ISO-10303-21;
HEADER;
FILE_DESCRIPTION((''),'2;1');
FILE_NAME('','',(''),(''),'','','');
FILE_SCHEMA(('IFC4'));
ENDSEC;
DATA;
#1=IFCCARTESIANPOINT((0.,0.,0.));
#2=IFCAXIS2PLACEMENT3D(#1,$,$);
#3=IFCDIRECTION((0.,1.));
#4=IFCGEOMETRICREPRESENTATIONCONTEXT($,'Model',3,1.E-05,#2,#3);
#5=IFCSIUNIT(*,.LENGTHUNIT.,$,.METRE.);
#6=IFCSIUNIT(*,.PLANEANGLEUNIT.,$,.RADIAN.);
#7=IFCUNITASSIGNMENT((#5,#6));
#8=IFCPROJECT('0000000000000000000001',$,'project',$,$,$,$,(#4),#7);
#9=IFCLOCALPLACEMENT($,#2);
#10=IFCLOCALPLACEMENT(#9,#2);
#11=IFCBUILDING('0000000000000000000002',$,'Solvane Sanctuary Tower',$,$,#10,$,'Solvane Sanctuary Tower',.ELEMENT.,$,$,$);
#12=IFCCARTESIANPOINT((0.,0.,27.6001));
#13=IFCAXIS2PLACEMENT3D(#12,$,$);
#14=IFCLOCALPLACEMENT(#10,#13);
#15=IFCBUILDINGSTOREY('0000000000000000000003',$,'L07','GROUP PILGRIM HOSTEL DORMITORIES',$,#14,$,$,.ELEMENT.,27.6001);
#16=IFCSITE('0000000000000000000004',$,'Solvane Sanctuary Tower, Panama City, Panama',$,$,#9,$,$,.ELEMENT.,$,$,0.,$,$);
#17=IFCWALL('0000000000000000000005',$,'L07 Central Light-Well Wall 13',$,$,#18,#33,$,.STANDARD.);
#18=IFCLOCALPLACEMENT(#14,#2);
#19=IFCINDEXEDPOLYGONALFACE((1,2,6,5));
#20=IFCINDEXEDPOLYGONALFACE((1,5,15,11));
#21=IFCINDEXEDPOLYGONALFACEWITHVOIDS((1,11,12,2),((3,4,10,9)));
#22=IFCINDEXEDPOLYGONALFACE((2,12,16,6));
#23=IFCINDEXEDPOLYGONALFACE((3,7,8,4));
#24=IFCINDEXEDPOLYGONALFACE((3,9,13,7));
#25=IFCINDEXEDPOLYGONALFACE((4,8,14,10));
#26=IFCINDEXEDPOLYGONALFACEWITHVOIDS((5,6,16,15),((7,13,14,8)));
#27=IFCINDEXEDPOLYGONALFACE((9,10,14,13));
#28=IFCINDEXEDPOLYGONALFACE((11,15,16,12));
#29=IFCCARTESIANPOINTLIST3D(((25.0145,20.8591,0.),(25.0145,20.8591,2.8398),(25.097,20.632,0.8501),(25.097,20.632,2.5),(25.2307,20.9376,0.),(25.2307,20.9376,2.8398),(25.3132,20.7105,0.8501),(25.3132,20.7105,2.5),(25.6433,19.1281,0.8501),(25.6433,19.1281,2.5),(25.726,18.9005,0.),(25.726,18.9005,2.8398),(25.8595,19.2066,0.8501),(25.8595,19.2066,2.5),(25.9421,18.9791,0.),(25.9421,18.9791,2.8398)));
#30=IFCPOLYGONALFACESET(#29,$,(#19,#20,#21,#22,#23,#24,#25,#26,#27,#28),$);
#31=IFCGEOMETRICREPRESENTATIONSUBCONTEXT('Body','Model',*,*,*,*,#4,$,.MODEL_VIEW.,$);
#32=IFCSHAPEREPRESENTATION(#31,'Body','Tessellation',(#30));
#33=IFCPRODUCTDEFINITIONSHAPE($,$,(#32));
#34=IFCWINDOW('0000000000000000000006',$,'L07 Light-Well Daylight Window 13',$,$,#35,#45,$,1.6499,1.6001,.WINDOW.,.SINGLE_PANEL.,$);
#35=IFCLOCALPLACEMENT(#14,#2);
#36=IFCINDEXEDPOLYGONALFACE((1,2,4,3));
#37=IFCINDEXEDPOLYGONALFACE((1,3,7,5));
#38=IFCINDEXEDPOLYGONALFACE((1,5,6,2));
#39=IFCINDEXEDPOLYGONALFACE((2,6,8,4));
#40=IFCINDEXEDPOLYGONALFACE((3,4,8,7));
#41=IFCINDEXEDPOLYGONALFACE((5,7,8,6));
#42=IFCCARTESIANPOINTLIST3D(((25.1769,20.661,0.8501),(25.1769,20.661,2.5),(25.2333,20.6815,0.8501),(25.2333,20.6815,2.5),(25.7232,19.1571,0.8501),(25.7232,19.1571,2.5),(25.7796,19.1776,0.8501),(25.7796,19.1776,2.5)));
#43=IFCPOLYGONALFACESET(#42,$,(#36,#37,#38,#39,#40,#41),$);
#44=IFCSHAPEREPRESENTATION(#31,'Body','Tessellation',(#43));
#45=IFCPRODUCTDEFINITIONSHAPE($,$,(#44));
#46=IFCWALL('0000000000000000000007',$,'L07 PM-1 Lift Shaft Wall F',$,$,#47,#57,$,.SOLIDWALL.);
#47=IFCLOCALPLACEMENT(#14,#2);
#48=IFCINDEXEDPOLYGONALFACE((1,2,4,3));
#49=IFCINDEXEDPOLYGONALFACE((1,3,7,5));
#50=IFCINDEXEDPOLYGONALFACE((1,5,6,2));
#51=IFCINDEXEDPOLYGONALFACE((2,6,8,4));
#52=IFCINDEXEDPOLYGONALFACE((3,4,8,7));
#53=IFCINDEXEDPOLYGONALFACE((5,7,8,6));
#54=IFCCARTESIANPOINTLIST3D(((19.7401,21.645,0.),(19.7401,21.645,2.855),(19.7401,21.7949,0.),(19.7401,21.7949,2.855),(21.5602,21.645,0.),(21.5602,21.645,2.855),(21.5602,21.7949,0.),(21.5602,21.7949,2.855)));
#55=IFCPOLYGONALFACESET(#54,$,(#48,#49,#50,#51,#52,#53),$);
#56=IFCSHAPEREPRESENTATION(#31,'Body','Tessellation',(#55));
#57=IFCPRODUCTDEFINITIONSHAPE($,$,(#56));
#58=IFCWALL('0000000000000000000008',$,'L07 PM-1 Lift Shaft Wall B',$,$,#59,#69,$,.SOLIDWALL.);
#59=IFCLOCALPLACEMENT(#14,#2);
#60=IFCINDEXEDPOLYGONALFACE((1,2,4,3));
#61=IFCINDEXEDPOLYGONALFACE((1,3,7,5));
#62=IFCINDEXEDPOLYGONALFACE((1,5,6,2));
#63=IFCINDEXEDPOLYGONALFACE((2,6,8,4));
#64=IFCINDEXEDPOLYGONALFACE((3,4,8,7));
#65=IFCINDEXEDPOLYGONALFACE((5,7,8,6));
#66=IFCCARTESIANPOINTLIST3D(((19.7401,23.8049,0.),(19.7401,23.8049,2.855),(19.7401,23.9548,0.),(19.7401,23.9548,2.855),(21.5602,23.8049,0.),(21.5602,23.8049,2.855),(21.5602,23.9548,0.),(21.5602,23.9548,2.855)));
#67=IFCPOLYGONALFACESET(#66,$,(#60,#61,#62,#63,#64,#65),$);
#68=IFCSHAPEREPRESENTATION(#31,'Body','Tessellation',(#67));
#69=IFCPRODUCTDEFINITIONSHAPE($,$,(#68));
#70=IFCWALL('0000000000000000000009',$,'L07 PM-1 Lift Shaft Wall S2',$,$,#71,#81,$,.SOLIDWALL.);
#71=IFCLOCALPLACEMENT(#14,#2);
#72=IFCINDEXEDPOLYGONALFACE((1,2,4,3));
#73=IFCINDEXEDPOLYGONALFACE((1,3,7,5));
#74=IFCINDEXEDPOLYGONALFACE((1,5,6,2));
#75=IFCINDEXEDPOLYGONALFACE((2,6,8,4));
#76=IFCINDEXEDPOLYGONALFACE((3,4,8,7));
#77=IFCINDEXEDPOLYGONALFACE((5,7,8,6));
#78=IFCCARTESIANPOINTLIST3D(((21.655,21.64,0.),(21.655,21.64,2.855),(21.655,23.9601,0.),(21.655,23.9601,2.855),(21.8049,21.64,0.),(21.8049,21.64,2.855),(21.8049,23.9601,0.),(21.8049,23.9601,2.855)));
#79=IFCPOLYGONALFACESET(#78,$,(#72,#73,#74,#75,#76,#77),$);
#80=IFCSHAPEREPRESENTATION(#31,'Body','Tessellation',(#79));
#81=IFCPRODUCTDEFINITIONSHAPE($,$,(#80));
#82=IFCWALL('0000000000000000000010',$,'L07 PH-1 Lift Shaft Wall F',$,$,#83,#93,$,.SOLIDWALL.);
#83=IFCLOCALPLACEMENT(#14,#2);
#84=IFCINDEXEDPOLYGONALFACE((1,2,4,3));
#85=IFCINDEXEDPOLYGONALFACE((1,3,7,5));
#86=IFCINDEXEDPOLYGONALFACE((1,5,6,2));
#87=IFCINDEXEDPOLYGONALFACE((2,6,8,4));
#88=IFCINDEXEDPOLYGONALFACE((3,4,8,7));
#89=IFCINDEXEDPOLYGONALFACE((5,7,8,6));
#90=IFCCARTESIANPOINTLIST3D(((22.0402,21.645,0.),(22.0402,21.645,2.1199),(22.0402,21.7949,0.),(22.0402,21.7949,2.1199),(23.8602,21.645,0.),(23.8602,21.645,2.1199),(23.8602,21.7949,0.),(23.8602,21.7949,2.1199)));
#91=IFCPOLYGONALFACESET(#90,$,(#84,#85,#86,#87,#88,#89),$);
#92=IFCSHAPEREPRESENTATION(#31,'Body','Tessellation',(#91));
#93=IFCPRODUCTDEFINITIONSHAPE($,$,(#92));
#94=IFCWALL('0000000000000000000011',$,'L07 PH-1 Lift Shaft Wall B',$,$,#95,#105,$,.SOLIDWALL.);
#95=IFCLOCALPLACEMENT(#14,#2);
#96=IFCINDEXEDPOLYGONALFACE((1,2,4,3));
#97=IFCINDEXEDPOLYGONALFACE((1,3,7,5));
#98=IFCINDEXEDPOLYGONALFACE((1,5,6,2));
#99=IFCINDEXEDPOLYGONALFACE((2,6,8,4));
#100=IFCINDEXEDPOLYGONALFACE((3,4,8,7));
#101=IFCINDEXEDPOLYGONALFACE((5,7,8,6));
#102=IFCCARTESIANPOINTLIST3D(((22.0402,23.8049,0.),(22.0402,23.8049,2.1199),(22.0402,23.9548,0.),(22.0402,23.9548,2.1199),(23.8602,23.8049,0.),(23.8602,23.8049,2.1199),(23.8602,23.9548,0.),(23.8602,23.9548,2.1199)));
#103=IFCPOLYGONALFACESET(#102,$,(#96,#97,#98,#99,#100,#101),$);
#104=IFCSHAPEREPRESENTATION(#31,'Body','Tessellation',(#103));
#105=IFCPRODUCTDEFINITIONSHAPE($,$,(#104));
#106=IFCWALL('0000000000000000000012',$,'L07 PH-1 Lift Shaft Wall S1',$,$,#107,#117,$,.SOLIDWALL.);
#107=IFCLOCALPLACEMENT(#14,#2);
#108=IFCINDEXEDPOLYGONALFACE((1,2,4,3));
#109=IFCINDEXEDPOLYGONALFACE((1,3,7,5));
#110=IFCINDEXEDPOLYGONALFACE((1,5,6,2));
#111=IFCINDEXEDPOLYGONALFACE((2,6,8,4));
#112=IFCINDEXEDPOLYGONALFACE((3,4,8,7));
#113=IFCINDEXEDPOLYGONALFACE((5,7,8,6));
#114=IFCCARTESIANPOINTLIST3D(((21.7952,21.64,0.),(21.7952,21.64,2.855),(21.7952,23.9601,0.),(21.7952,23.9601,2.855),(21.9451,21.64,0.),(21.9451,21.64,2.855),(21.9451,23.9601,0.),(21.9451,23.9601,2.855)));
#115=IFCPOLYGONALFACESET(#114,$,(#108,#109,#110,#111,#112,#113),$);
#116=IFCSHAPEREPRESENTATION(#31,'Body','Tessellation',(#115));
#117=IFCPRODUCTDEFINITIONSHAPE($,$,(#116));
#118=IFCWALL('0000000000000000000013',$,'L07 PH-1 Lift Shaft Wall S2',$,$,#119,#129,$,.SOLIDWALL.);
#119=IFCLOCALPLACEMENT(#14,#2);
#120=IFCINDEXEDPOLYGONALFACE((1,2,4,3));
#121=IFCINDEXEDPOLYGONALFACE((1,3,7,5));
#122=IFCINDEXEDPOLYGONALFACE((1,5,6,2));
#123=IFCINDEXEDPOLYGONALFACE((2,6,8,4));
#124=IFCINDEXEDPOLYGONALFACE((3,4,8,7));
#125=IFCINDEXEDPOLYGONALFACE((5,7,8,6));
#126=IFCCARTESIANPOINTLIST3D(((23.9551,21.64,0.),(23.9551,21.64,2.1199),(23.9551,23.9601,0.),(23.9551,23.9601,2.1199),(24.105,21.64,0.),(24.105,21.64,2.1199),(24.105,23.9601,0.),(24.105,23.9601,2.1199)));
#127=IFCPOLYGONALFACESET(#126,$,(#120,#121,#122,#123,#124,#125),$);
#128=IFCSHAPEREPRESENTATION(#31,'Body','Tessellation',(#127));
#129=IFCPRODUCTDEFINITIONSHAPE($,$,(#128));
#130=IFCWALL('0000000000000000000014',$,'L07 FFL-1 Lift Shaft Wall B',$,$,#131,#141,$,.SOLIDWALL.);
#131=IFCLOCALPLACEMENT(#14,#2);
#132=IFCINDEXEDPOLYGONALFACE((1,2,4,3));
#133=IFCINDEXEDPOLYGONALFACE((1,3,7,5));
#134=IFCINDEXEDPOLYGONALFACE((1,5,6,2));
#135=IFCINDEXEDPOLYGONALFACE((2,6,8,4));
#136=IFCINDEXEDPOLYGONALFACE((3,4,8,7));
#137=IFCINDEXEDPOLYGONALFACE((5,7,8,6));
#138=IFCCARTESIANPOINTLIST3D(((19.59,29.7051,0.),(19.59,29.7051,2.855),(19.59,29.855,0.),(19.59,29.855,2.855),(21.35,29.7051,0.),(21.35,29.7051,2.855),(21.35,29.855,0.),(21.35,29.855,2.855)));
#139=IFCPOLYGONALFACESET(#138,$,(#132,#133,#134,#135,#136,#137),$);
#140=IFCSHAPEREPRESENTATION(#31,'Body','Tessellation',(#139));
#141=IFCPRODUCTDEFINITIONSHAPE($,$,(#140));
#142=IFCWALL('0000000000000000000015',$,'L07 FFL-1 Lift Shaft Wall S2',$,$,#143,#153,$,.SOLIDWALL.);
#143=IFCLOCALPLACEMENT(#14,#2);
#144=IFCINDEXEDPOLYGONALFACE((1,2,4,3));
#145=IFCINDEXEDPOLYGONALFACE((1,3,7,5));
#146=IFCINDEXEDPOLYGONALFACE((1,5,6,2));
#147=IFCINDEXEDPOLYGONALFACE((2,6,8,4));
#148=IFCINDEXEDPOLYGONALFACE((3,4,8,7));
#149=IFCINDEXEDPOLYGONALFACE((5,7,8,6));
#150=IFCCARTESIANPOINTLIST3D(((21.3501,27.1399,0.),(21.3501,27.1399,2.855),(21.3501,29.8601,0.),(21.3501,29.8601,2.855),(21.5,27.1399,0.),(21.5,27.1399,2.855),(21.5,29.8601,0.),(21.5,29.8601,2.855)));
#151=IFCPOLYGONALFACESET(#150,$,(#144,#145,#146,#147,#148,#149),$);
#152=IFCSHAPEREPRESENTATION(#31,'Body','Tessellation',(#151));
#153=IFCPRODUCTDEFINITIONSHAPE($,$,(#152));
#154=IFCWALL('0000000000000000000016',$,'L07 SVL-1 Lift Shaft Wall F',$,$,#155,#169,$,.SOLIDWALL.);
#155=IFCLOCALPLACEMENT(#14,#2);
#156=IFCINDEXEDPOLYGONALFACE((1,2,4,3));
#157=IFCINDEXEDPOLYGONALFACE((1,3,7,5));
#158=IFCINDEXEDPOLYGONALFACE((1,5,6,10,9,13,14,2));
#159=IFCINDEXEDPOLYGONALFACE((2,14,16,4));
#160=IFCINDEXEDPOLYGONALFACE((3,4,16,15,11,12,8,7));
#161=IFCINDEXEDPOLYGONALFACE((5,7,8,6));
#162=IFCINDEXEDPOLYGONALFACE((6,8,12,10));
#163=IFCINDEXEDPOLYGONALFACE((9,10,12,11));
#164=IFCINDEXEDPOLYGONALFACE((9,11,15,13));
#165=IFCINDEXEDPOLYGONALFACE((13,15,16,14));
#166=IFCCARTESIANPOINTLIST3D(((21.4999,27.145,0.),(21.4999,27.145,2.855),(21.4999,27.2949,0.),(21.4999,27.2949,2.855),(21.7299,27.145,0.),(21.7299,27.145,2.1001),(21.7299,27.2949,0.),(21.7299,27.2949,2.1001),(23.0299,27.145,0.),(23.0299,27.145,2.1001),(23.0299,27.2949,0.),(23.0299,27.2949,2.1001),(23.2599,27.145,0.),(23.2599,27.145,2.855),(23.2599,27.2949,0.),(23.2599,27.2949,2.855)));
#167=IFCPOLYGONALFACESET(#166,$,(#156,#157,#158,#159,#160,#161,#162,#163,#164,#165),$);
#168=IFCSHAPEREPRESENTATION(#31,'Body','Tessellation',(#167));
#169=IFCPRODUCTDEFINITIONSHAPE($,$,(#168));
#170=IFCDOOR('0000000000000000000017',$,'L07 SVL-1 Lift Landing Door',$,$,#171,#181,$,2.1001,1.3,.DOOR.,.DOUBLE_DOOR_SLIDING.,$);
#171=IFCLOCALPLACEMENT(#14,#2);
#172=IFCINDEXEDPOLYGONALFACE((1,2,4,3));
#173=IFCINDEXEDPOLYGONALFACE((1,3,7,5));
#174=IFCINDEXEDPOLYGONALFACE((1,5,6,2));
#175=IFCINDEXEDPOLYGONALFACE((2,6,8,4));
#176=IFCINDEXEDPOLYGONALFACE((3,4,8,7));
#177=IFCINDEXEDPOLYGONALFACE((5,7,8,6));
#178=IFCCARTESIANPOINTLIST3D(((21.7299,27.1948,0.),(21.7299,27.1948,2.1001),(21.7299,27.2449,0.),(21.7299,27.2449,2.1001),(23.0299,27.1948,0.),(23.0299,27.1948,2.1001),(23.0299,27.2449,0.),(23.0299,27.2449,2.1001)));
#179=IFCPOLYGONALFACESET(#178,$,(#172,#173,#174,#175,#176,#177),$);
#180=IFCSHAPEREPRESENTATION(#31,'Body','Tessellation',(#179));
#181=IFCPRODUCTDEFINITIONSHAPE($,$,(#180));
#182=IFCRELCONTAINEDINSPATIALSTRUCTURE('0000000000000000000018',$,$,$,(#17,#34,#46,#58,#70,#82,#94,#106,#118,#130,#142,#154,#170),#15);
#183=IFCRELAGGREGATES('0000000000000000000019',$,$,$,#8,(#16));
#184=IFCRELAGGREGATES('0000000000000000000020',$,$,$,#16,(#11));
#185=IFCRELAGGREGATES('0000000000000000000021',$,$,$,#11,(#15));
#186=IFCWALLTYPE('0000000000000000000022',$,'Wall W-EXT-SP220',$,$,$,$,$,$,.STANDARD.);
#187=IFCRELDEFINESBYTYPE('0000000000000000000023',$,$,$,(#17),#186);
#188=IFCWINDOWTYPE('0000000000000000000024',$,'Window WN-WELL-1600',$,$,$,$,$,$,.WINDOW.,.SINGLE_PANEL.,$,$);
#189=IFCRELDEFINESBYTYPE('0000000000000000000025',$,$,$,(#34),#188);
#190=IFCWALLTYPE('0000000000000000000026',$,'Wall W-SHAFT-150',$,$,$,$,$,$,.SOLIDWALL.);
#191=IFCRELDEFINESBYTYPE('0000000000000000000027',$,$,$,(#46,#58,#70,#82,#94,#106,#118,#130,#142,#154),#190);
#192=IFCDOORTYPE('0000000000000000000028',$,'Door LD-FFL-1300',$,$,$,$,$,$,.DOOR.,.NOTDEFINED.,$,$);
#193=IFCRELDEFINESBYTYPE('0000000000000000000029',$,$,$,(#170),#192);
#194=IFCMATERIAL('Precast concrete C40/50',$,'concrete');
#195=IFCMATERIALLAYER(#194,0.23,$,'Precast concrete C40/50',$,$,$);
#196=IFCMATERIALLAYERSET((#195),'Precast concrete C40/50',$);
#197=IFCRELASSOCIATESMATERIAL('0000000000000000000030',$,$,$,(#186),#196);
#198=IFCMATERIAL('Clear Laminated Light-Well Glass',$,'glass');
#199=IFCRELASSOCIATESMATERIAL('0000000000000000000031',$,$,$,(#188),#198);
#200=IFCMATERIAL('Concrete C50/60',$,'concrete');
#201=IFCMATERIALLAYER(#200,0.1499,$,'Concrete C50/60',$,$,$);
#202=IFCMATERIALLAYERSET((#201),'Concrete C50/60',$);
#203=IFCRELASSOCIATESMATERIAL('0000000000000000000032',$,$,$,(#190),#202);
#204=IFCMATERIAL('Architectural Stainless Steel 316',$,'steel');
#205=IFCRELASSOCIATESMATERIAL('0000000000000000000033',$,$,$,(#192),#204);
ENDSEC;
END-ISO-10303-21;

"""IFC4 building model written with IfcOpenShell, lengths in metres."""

from ifc_helpers import new_model, si_unit, direction, frame, frame_2d, origin, place, context, subcontext, project, spatial, rectangle, extrude, material, layer, layer_set, type_object, element, fill, save


model = new_model("IFC4")

# Units and contexts
model_context = context("Model", 3, precision=1e-05, world=origin(), true_north=direction((0.0, 1.0)))
body_context = subcontext(model_context, "Body", "Model", "MODEL_VIEW")
ifc_project = project(units=[si_unit("LENGTHUNIT", "METRE"), si_unit("PLANEANGLEUNIT", "RADIAN")], contexts=[model_context])

# Site, building, storey
site_placement = place(None, origin())
site = spatial("IfcSite", under=ifc_project, at=site_placement, Name="Solvane Sanctuary Tower, Panama City, Panama", CompositionType="ELEMENT", RefElevation=0.0)
building_placement = place(site_placement, origin())
building = spatial("IfcBuilding", under=site, at=building_placement, Name="Solvane Sanctuary Tower", LongName="Solvane Sanctuary Tower", CompositionType="ELEMENT")
storey_placement = place(building_placement, frame((0.0, 0.0, 27.6001)))
storey = spatial("IfcBuildingStorey", under=building, at=storey_placement, Name="L07", Description="GROUP PILGRIM HOSTEL DORMITORIES", CompositionType="ELEMENT", Elevation=27.6001)

# Shared definitions
ifc_material_1 = material(Name="Architectural Stainless Steel 316", Category="steel")

# Shared definitions
ifc_material_2 = material(Name="Precast concrete C40/50", Category="concrete")
ifc_layer_1 = layer(ifc_material_2, 0.23, Name="Precast concrete C40/50")
ifc_layer_set_1 = layer_set([ifc_layer_1], Name="Precast concrete C40/50")
wall_type_1 = type_object("IfcWallType", Name="Wall W-EXT-SP220", PredefinedType="STANDARD", material=ifc_layer_set_1)

# Shared definitions
ifc_material_3 = material(Name="Clear Laminated Light-Well Glass", Category="glass")
window_type = type_object("IfcWindowType", Name="Window WN-WELL-1600", PartitioningType="SINGLE_PANEL", PredefinedType="WINDOW", material=ifc_material_3)

# Wall, opening, window
wall_1_placement = place(storey_placement, frame((25.1226, 20.8984, 0.0), z_axis=(0.0, 0.0, 1.0), x_axis=(0.341423, -0.93991, 0.0)))
wall_1 = element("IfcWall", 1, at=wall_1_placement, inside=storey, type_object=wall_type_1, Name="L07 Central Light-Well Wall 13", PredefinedType="STANDARD", context=body_context, shape_type="SweptSolid", body=[
    extrude(rectangle(XDim=2.0837, YDim=0.23, at=frame_2d((1.042, 0.0))), origin(), (0.0, 0.0, 1.0), 2.8398),
])
opening_1_placement = place(wall_1_placement, frame((0.2417, 0.0, 0.8501)))
opening_1 = element("IfcOpeningElement", 2, at=opening_1_placement, cuts=wall_1, PredefinedType="OPENING", context=body_context, shape_type="SweptSolid", body=[
    extrude(rectangle(XDim=1.6001, YDim=1.6499, at=frame_2d((0.8, 0.825))), frame((0.0, 0.125, 0.0), z_axis=(0.0, -1.0, 0.0), x_axis=(1.0, 0.0, 0.0)), (0.0, 0.0, 1.0), 0.25),
])
window_1_placement = place(opening_1_placement, origin())
window_1 = element("IfcWindow", 3, at=window_1_placement, inside=storey, type_object=window_type, Name="L07 Light-Well Daylight Window 13", OverallHeight=1.6499, OverallWidth=1.6001, PartitioningType="SINGLE_PANEL", PredefinedType="WINDOW", context=body_context, shape_type="SweptSolid", body=[
    extrude(rectangle(XDim=1.6001, YDim=1.6499, at=frame_2d((0.8, 0.825))), frame((0.0, 0.03, 0.0), z_axis=(0.0, -1.0, 0.0), x_axis=(1.0, 0.0, 0.0)), (0.0, 0.0, 1.0), 0.0601),
])
fill(opening_1, window_1)

# Walls
ifc_material_4 = material(Name="Concrete C50/60", Category="concrete")
ifc_layer_2 = layer(ifc_material_4, 0.1499, Name="Concrete C50/60")
ifc_layer_set_2 = layer_set([ifc_layer_2], Name="Concrete C50/60")
wall_type_2 = type_object("IfcWallType", Name="Wall W-SHAFT-150", PredefinedType="SOLIDWALL", material=ifc_layer_set_2)
for number, where, z_axis, x_axis, name in (
    (4, (19.74, 21.72, 0.0), (0.0, 0.0, 1.0), (1.0, 0.0, 0.0), "L07 PM-1 Lift Shaft Wall F"),
    (5, (19.74, 23.8799, 0.0), (0.0, 0.0, 1.0), (1.0, 0.0, 0.0), "L07 PM-1 Lift Shaft Wall B"),
):
    element("IfcWall", number, at=place(storey_placement, frame(where, z_axis=z_axis, x_axis=x_axis)), inside=storey, type_object=wall_type_2, Name=name, PredefinedType="SOLIDWALL", context=body_context, shape_type="SweptSolid", body=[
        extrude(rectangle(XDim=1.8201, YDim=0.1499, at=frame_2d((0.9102, 0.0))), origin(), (0.0, 0.0, 1.0), 2.855),
    ])
wall_2_placement = place(storey_placement, frame((21.73, 21.6399, 0.0), z_axis=(0.0, 0.0, 1.0), x_axis=(0.0, 1.0, 0.0)))
element("IfcWall", 6, at=wall_2_placement, inside=storey, type_object=wall_type_2, Name="L07 PM-1 Lift Shaft Wall S2", PredefinedType="SOLIDWALL", context=body_context, shape_type="SweptSolid", body=[
    extrude(rectangle(XDim=2.3201, YDim=0.1499, at=frame_2d((1.1602, 0.0))), origin(), (0.0, 0.0, 1.0), 2.855),
])
for number, where, z_axis, x_axis, name in (
    (7, (22.04, 21.72, 0.0), (0.0, 0.0, 1.0), (1.0, 0.0, 0.0), "L07 PH-1 Lift Shaft Wall F"),
    (8, (22.04, 23.8799, 0.0), (0.0, 0.0, 1.0), (1.0, 0.0, 0.0), "L07 PH-1 Lift Shaft Wall B"),
):
    element("IfcWall", number, at=place(storey_placement, frame(where, z_axis=z_axis, x_axis=x_axis)), inside=storey, type_object=wall_type_2, Name=name, PredefinedType="SOLIDWALL", context=body_context, shape_type="SweptSolid", body=[
        extrude(rectangle(XDim=1.8201, YDim=0.1499, at=frame_2d((0.9102, 0.0))), origin(), (0.0, 0.0, 1.0), 2.1199),
    ])
wall_3_placement = place(storey_placement, frame((21.8701, 21.6399, 0.0), z_axis=(0.0, 0.0, 1.0), x_axis=(0.0, 1.0, 0.0)))
element("IfcWall", 9, at=wall_3_placement, inside=storey, type_object=wall_type_2, Name="L07 PH-1 Lift Shaft Wall S1", PredefinedType="SOLIDWALL", context=body_context, shape_type="SweptSolid", body=[
    extrude(rectangle(XDim=2.3201, YDim=0.1499, at=frame_2d((1.1602, 0.0))), origin(), (0.0, 0.0, 1.0), 2.855),
])
wall_4_placement = place(storey_placement, frame((24.03, 21.6399, 0.0), z_axis=(0.0, 0.0, 1.0), x_axis=(0.0, 1.0, 0.0)))
element("IfcWall", 10, at=wall_4_placement, inside=storey, type_object=wall_type_2, Name="L07 PH-1 Lift Shaft Wall S2", PredefinedType="SOLIDWALL", context=body_context, shape_type="SweptSolid", body=[
    extrude(rectangle(XDim=2.3201, YDim=0.1499, at=frame_2d((1.1602, 0.0))), origin(), (0.0, 0.0, 1.0), 2.1199),
])
wall_5_placement = place(storey_placement, frame((19.5901, 29.78, 0.0), z_axis=(0.0, 0.0, 1.0), x_axis=(1.0, 0.0, 0.0)))
element("IfcWall", 11, at=wall_5_placement, inside=storey, type_object=wall_type_2, Name="L07 FFL-1 Lift Shaft Wall B", PredefinedType="SOLIDWALL", context=body_context, shape_type="SweptSolid", body=[
    extrude(rectangle(XDim=1.76, YDim=0.1499, at=frame_2d((0.8799, 0.0))), origin(), (0.0, 0.0, 1.0), 2.855),
])
wall_6_placement = place(storey_placement, frame((21.425, 27.1399, 0.0), z_axis=(0.0, 0.0, 1.0), x_axis=(0.0, 1.0, 0.0)))
element("IfcWall", 12, at=wall_6_placement, inside=storey, type_object=wall_type_2, Name="L07 FFL-1 Lift Shaft Wall S2", PredefinedType="SOLIDWALL", context=body_context, shape_type="SweptSolid", body=[
    extrude(rectangle(XDim=2.7202, YDim=0.1499, at=frame_2d((1.3601, 0.0))), origin(), (0.0, 0.0, 1.0), 2.855),
])

# Wall, opening, door
wall_7_placement = place(storey_placement, frame((21.5, 27.22, 0.0), z_axis=(0.0, 0.0, 1.0), x_axis=(1.0, 0.0, 0.0)))
wall_7 = element("IfcWall", 13, at=wall_7_placement, inside=storey, type_object=wall_type_2, Name="L07 SVL-1 Lift Shaft Wall F", PredefinedType="SOLIDWALL", context=body_context, shape_type="SweptSolid", body=[
    extrude(rectangle(XDim=1.76, YDim=0.1499, at=frame_2d((0.8799, 0.0))), origin(), (0.0, 0.0, 1.0), 2.855),
])
opening_2_placement = place(wall_7_placement, frame((0.23, 0.0, 0.0)))
opening_2 = element("IfcOpeningElement", 14, at=opening_2_placement, cuts=wall_7, PredefinedType="OPENING", context=body_context, shape_type="SweptSolid", body=[
    extrude(rectangle(XDim=1.3, YDim=2.1001, at=frame_2d((0.6499, 1.05))), frame((0.0, 0.085, 0.0), z_axis=(0.0, -1.0, 0.0), x_axis=(1.0, 0.0, 0.0)), (0.0, 0.0, 1.0), 0.1699),
])
door_type_1 = type_object("IfcDoorType", Name="Door LD-FFL-1300", OperationType="NOTDEFINED", PredefinedType="DOOR", material=ifc_material_1)
door_1_placement = place(opening_2_placement, origin())
door_1 = element("IfcDoor", 15, at=door_1_placement, inside=storey, type_object=door_type_1, Name="L07 SVL-1 Lift Landing Door", OperationType="DOUBLE_DOOR_SLIDING", OverallHeight=2.1001, OverallWidth=1.3, PredefinedType="DOOR", context=body_context, shape_type="SweptSolid", body=[
    extrude(rectangle(XDim=1.3, YDim=2.1001, at=frame_2d((0.6499, 1.05))), frame((0.0, 0.0249, 0.0), z_axis=(0.0, -1.0, 0.0), x_axis=(1.0, 0.0, 0.0)), (0.0, 0.0, 1.0), 0.05),
])
fill(opening_2, door_1)

save(model, "model.ifc")
